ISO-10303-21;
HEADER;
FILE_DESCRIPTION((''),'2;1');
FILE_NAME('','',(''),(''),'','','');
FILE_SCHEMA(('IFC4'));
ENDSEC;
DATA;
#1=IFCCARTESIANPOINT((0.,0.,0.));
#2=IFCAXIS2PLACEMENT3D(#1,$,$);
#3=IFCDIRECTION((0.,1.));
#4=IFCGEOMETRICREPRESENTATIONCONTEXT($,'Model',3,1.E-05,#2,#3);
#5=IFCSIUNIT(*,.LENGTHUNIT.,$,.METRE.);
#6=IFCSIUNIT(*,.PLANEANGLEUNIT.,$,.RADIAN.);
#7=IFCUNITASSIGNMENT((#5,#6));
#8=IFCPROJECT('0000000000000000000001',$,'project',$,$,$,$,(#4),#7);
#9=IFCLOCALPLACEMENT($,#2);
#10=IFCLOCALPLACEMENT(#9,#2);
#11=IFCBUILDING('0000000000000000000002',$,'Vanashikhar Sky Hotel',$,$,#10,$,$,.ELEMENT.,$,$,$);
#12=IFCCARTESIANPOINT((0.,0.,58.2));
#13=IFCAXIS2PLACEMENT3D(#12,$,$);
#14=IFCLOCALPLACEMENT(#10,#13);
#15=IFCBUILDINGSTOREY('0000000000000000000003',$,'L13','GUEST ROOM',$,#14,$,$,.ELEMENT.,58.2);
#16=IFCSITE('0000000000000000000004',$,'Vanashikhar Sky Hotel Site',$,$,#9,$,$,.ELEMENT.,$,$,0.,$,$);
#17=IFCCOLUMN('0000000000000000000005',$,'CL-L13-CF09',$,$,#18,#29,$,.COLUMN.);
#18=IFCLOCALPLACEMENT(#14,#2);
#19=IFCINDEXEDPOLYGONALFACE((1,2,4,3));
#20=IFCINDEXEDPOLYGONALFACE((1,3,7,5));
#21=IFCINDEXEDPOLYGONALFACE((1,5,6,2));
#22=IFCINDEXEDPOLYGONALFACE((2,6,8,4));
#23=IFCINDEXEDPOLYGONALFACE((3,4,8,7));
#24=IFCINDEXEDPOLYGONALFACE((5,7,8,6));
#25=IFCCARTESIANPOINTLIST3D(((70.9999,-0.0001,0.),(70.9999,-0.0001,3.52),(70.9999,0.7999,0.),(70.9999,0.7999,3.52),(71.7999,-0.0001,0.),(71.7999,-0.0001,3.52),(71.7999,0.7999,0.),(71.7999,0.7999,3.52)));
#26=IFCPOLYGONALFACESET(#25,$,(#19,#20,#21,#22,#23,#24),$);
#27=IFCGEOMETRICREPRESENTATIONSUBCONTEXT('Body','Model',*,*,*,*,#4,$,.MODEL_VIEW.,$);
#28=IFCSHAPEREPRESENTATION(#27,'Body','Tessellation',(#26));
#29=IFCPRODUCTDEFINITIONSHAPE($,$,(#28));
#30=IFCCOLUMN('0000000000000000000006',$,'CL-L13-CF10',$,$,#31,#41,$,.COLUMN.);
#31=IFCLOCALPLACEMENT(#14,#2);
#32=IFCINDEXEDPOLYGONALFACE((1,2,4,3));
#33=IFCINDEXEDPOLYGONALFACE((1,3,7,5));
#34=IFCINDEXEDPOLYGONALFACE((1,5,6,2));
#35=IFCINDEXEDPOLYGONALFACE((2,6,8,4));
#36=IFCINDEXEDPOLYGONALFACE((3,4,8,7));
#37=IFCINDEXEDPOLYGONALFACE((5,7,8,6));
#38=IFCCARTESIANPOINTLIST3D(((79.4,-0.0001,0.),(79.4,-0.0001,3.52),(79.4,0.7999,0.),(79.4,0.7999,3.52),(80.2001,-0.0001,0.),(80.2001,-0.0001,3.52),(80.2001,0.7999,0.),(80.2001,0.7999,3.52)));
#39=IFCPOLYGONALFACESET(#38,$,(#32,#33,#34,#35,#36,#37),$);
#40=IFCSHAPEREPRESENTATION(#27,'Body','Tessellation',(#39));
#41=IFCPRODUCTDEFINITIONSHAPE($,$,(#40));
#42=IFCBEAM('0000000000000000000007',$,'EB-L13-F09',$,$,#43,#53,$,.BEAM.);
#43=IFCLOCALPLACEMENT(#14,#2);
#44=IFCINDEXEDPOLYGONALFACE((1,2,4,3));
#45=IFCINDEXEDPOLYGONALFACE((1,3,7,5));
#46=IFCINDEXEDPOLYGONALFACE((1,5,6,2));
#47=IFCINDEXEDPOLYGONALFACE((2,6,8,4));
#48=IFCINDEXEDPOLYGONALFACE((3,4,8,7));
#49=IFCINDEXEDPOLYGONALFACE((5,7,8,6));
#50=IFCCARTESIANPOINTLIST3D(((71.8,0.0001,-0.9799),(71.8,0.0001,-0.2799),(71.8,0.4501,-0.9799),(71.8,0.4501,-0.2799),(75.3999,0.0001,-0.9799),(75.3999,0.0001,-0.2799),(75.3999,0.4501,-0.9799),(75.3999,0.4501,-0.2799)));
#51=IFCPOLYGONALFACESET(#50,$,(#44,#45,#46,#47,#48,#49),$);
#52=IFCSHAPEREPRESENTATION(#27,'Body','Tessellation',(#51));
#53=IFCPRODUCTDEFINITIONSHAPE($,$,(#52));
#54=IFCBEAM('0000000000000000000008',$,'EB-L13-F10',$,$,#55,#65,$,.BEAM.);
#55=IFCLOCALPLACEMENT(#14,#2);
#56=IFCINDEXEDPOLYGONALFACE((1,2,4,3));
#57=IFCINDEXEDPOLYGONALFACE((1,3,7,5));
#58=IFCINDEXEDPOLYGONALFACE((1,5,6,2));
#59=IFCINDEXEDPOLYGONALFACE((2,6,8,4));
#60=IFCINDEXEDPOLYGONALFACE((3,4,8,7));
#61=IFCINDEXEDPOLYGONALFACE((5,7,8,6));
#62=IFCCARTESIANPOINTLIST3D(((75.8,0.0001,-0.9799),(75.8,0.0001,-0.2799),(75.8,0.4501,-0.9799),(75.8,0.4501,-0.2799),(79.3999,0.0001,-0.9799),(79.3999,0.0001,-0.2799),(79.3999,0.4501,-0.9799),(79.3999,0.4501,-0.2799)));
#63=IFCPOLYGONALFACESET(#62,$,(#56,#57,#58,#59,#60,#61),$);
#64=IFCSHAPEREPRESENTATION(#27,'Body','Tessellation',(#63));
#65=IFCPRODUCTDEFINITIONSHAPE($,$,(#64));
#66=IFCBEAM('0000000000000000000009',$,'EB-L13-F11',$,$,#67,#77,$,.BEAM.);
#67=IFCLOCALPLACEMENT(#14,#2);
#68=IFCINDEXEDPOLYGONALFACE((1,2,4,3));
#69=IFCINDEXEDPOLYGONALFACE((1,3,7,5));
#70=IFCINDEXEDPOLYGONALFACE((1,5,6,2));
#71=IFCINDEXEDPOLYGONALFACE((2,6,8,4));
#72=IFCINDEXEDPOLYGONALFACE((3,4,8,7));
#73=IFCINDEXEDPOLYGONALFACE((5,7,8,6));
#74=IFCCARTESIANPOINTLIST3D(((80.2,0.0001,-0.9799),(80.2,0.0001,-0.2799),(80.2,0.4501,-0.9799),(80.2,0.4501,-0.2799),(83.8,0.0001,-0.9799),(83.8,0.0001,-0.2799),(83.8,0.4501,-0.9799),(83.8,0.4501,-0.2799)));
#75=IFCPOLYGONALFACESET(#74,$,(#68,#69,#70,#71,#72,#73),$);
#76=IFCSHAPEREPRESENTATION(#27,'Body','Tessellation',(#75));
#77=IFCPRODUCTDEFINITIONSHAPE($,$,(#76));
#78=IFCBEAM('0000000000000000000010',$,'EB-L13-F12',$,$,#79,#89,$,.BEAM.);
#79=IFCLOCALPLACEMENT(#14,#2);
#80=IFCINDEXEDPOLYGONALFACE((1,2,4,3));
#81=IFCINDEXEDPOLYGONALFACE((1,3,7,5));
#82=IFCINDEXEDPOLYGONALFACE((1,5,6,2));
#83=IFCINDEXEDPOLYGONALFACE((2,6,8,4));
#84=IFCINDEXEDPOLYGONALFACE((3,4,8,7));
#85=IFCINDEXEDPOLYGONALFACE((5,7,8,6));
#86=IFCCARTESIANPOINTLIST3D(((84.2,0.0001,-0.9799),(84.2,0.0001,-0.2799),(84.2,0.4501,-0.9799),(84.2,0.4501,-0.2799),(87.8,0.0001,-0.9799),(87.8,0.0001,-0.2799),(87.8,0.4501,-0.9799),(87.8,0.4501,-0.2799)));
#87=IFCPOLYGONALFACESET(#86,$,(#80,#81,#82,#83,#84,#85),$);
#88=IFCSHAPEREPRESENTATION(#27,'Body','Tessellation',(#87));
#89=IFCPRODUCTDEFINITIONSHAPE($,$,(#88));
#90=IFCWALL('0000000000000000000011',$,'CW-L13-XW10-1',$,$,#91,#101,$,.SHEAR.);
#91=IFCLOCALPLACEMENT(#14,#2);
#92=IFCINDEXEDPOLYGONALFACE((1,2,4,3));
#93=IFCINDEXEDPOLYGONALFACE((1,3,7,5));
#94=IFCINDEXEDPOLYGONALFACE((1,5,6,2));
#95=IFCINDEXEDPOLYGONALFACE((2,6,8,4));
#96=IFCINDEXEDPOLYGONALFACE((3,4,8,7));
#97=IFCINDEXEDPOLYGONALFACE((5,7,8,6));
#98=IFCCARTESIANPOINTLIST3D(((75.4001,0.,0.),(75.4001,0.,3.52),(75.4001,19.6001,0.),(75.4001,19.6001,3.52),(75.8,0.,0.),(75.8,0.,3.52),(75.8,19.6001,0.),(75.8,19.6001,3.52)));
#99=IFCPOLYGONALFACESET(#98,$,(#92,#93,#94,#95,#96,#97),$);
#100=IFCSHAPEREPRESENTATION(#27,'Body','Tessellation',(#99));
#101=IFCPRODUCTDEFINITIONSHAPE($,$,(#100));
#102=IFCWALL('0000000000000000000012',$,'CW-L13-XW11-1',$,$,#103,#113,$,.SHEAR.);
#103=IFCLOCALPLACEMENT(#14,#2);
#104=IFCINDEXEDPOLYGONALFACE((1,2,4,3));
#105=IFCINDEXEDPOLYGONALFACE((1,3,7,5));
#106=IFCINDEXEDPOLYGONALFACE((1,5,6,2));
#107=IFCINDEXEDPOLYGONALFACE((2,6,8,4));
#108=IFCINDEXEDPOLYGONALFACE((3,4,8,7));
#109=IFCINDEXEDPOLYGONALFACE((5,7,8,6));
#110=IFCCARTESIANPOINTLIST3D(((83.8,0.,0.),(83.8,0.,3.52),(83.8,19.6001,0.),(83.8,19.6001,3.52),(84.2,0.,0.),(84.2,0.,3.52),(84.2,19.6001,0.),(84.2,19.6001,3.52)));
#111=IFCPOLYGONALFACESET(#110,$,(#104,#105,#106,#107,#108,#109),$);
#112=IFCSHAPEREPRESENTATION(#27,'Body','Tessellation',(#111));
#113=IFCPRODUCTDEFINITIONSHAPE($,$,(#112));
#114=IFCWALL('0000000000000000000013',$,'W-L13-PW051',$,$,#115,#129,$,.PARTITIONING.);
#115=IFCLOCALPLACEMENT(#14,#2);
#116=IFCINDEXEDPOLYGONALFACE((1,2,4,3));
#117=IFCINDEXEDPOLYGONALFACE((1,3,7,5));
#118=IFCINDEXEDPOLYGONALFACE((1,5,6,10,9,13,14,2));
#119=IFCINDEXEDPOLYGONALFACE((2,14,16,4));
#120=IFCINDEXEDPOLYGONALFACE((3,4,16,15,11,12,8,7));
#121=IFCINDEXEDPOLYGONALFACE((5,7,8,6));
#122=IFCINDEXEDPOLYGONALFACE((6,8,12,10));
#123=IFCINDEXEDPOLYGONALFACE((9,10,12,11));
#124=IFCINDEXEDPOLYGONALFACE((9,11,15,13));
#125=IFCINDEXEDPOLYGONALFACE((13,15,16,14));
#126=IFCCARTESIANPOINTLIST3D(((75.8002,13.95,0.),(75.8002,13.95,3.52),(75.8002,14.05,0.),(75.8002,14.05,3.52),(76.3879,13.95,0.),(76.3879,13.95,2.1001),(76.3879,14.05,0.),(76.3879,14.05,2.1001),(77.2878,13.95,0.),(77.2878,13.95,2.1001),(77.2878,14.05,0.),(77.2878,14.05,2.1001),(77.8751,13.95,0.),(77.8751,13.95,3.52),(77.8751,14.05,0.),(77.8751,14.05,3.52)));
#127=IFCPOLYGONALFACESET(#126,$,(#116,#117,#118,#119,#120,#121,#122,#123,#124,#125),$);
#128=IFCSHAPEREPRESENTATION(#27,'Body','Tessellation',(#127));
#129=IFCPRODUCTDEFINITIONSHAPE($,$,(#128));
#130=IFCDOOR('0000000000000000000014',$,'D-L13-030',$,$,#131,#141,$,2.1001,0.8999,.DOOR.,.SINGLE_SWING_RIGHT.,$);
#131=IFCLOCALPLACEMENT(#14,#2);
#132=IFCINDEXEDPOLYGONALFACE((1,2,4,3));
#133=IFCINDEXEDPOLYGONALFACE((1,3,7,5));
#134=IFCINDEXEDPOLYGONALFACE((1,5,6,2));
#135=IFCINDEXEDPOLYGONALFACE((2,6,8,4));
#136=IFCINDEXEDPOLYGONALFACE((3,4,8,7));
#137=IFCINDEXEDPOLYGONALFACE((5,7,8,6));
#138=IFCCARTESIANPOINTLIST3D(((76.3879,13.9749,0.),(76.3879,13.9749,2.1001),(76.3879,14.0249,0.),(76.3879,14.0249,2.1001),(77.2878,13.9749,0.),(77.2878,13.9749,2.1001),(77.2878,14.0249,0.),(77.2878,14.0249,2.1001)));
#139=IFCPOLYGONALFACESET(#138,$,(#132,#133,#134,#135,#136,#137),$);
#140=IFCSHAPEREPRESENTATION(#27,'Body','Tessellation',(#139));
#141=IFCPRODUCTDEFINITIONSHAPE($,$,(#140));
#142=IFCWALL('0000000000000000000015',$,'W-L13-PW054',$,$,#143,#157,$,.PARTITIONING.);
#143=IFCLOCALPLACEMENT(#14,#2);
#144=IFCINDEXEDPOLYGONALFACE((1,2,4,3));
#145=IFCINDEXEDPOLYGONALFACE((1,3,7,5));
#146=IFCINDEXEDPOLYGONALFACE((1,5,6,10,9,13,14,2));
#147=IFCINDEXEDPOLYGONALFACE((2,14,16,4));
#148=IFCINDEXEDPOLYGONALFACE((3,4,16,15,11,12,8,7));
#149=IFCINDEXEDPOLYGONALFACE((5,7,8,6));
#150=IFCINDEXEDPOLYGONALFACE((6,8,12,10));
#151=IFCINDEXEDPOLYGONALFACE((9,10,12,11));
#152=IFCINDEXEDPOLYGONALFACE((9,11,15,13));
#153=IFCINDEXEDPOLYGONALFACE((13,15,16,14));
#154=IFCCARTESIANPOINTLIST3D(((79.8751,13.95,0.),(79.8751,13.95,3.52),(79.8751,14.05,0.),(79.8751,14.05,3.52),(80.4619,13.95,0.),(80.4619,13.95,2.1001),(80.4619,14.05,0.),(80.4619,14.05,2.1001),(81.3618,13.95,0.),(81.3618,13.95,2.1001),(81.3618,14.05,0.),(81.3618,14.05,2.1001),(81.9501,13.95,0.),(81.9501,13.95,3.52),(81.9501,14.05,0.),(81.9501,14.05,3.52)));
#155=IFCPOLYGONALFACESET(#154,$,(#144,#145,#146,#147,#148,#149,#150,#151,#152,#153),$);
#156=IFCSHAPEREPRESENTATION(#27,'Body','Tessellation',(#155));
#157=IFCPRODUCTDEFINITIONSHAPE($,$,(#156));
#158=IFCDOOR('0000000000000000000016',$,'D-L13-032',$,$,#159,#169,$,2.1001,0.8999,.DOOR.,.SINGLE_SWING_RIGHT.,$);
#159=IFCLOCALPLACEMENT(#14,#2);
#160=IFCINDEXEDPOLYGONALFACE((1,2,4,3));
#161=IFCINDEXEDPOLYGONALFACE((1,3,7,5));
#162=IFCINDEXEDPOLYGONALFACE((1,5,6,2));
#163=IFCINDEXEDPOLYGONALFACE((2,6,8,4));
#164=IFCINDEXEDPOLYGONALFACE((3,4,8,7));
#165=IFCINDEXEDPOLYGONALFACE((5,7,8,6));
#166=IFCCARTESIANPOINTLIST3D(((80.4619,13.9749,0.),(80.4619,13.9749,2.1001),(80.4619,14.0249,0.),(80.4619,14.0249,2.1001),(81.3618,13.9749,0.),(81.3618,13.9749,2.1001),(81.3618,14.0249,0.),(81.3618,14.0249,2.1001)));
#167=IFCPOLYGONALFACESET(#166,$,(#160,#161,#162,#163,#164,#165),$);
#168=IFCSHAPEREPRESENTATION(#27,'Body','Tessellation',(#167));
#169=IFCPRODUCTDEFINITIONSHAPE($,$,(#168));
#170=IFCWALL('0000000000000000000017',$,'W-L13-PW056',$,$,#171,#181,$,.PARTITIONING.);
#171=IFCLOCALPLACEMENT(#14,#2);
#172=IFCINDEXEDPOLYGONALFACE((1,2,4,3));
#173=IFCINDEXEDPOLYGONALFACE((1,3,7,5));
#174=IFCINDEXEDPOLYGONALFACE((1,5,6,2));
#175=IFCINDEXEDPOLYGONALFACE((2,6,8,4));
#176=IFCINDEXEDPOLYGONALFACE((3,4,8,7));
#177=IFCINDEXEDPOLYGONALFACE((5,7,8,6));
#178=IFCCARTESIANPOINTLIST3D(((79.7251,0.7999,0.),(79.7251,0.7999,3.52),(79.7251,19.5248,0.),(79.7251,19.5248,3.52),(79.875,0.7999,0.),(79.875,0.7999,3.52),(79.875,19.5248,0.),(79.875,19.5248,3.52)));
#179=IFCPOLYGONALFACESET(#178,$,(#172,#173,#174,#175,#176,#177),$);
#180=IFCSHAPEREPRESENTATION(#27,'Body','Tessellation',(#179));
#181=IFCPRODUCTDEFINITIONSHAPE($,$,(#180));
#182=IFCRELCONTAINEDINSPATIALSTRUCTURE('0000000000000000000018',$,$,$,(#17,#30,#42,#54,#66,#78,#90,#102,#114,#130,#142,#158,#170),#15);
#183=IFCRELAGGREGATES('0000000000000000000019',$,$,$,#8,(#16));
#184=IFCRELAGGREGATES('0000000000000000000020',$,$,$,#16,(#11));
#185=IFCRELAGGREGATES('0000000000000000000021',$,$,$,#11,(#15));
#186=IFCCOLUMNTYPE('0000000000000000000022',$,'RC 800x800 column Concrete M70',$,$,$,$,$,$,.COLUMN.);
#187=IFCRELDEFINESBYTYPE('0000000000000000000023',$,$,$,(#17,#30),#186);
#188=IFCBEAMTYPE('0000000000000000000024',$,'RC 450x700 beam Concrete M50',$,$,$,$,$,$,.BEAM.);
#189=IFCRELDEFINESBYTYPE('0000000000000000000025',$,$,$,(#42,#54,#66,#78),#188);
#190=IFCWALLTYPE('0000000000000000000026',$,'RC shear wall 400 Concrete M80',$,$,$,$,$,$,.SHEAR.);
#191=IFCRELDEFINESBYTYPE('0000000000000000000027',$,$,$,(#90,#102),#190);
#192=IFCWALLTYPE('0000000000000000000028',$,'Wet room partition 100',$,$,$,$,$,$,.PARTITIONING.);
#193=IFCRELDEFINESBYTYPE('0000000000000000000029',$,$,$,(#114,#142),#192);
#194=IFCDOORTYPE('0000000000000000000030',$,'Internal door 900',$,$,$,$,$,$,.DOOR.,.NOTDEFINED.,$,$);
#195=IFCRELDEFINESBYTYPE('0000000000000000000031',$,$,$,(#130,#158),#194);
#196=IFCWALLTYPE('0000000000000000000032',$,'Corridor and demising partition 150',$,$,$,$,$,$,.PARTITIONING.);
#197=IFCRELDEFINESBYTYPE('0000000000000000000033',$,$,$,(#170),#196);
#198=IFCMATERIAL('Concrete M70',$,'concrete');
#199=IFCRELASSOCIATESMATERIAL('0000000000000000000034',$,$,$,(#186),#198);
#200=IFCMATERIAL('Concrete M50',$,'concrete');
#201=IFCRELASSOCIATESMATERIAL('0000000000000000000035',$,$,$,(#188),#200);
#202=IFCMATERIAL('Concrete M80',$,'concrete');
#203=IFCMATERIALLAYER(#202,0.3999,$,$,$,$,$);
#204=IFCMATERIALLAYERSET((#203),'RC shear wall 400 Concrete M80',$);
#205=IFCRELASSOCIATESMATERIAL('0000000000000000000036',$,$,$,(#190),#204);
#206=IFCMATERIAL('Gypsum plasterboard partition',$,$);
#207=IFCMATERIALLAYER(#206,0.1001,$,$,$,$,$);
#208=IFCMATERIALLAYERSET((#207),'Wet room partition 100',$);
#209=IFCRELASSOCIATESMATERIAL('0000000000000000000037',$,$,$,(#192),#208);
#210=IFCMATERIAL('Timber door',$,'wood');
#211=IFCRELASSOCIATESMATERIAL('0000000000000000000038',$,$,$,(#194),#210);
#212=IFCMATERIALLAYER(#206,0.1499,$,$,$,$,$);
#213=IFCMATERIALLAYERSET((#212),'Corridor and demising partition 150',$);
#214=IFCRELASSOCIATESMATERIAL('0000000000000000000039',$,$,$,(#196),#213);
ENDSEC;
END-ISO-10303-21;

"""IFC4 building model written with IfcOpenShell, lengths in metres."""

from ifc_helpers import new_model, si_unit, direction, frame, frame_2d, origin, origin_2d, place, context, subcontext, project, spatial, rectangle, extrude, source, transform, mapped, material, layer, layer_set, material_profile, profile_set, type_object, element, fill, save


model = new_model("IFC4")

# Units and contexts
model_context = context("Model", 3, precision=1e-05, world=origin(), true_north=direction((0.0, 1.0)))
body_context = subcontext(model_context, "Body", "Model", "MODEL_VIEW")
ifc_project = project(units=[si_unit("LENGTHUNIT", "METRE"), si_unit("PLANEANGLEUNIT", "RADIAN")], contexts=[model_context])

# Site, building, storey
site_placement = place(None, origin())
site = spatial("IfcSite", under=ifc_project, at=site_placement, Name="Vanashikhar Sky Hotel Site", CompositionType="ELEMENT", RefElevation=0.0)
building_placement = place(site_placement, origin())
building = spatial("IfcBuilding", under=site, at=building_placement, Name="Vanashikhar Sky Hotel", CompositionType="ELEMENT")
storey_placement = place(building_placement, frame((0.0, 0.0, 58.2)))
storey = spatial("IfcBuildingStorey", under=building, at=storey_placement, Name="L13", Description="GUEST ROOM", CompositionType="ELEMENT", Elevation=58.2)

# Columns
ifc_material_1 = material(Name="Concrete M70", Category="concrete")
ifc_material_profile_1 = material_profile(ifc_material_1, rectangle(XDim=0.8, YDim=0.8, at=origin_2d()))
ifc_profile_set_1 = profile_set([ifc_material_profile_1], Name="RC 800x800 column Concrete M70")
column_type = type_object("IfcColumnType", Name="RC 800x800 column Concrete M70", PredefinedType="COLUMN", material=ifc_profile_set_1)
shared_shape_1 = source(origin(), body_context, "Body", "SweptSolid", [
    extrude(rectangle(XDim=0.8, YDim=0.8, at=origin_2d()), origin(), (0.0, 0.0, 1.0), 3.52),
])
for number, where, z_axis, x_axis, name in (
    (1, (71.3999, 0.3999, 0.0), (0.0, 0.0, 1.0), (1.0, 0.0, 0.0), "CL-L13-CF09"),
    (2, (79.8, 0.3999, 0.0), (0.0, 0.0, 1.0), (1.0, 0.0, 0.0), "CL-L13-CF10"),
):
    element("IfcColumn", number, at=place(storey_placement, frame(where, z_axis=z_axis, x_axis=x_axis)), inside=storey, type_object=column_type, Name=name, PredefinedType="COLUMN", context=body_context, shape_type="MappedRepresentation", body=[
        mapped(shared_shape_1, transform((0.0, 0.0, 0.0), scale=1.0)),
    ])

# Beams
ifc_material_2 = material(Name="Concrete M50", Category="concrete")
ifc_material_profile_2 = material_profile(ifc_material_2, rectangle(XDim=0.45, YDim=0.7, at=origin_2d()))
ifc_profile_set_2 = profile_set([ifc_material_profile_2], Name="RC 450x700 beam Concrete M50")
beam_type = type_object("IfcBeamType", Name="RC 450x700 beam Concrete M50", PredefinedType="BEAM", material=ifc_profile_set_2)
shared_shape_2 = source(origin(), body_context, "Body", "SweptSolid", [
    extrude(rectangle(XDim=0.45, YDim=0.7, at=origin_2d()), origin(), (0.0, 0.0, 1.0), 3.5999),
])
for number, where, z_axis, x_axis, name in (
    (3, (71.8, 0.2251, -0.6299), (1.0, 0.0, 0.0), (0.0, 1.0, 0.0), "EB-L13-F09"),
    (4, (75.8, 0.2251, -0.6299), (1.0, 0.0, 0.0), (0.0, 1.0, 0.0), "EB-L13-F10"),
):
    element("IfcBeam", number, at=place(storey_placement, frame(where, z_axis=z_axis, x_axis=x_axis)), inside=storey, type_object=beam_type, Name=name, PredefinedType="BEAM", context=body_context, shape_type="MappedRepresentation", body=[
        mapped(shared_shape_2, transform((0.0, 0.0, 0.0), scale=1.0)),
    ])
shared_shape_3 = source(origin(), body_context, "Body", "SweptSolid", [
    extrude(rectangle(XDim=0.45, YDim=0.7, at=origin_2d()), origin(), (0.0, 0.0, 1.0), 3.6001),
])
for number, where, z_axis, x_axis, name in (
    (5, (80.2, 0.2251, -0.6299), (1.0, 0.0, 0.0), (0.0, 1.0, 0.0), "EB-L13-F11"),
    (6, (84.2, 0.2251, -0.6299), (1.0, 0.0, 0.0), (0.0, 1.0, 0.0), "EB-L13-F12"),
):
    element("IfcBeam", number, at=place(storey_placement, frame(where, z_axis=z_axis, x_axis=x_axis)), inside=storey, type_object=beam_type, Name=name, PredefinedType="BEAM", context=body_context, shape_type="MappedRepresentation", body=[
        mapped(shared_shape_3, transform((0.0, 0.0, 0.0), scale=1.0)),
    ])

# Walls
ifc_material_3 = material(Name="Concrete M80", Category="concrete")
ifc_layer_1 = layer(ifc_material_3, 0.3999)
ifc_layer_set_1 = layer_set([ifc_layer_1], Name="RC shear wall 400 Concrete M80")
wall_type_1 = type_object("IfcWallType", Name="RC shear wall 400 Concrete M80", PredefinedType="SHEAR", material=ifc_layer_set_1)
shared_shape_4 = source(origin(), body_context, "Body", "SweptSolid", [
    extrude(rectangle(XDim=19.6001, YDim=0.3999, at=frame_2d((9.8, 0.0))), origin(), (0.0, 0.0, 1.0), 3.52),
])
for number, where, z_axis, x_axis, name in (
    (7, (75.6001, 0.0, 0.0), (0.0, 0.0, 1.0), (0.0, 1.0, 0.0), "CW-L13-XW10-1"),
    (8, (84.0, 0.0, 0.0), (0.0, 0.0, 1.0), (0.0, 1.0, 0.0), "CW-L13-XW11-1"),
):
    element("IfcWall", number, at=place(storey_placement, frame(where, z_axis=z_axis, x_axis=x_axis)), inside=storey, type_object=wall_type_1, Name=name, PredefinedType="SHEAR", context=body_context, shape_type="MappedRepresentation", body=[
        mapped(shared_shape_4, transform((0.0, 0.0, 0.0), scale=1.0)),
    ])

# Walls, openings, doors
ifc_material_4 = material(Name="Gypsum plasterboard partition")
ifc_layer_2 = layer(ifc_material_4, 0.1001)
ifc_layer_set_2 = layer_set([ifc_layer_2], Name="Wet room partition 100")
wall_type_2 = type_object("IfcWallType", Name="Wet room partition 100", PredefinedType="PARTITIONING", material=ifc_layer_set_2)
shared_shape_5 = source(origin(), body_context, "Body", "SweptSolid", [
    extrude(rectangle(XDim=2.075, YDim=0.1001, at=frame_2d((1.0376, 0.0))), origin(), (0.0, 0.0, 1.0), 3.52),
])
wall_1_placement = place(storey_placement, frame((75.8, 14.0, 0.0), z_axis=(0.0, 0.0, 1.0), x_axis=(1.0, 0.0, 0.0)))
wall_1 = element("IfcWall", 9, at=wall_1_placement, inside=storey, type_object=wall_type_2, Name="W-L13-PW051", PredefinedType="PARTITIONING", context=body_context, shape_type="MappedRepresentation", body=[
    mapped(shared_shape_5, transform((0.0, 0.0, 0.0), scale=1.0)),
])
shared_shape_6 = source(origin(), body_context, "Body", "SweptSolid", [
    extrude(rectangle(XDim=0.8999, YDim=2.1001, at=frame_2d((0.45, 1.05))), frame((0.0, 0.0601, 0.0), z_axis=(0.0, -1.0, 0.0), x_axis=(1.0, 0.0, 0.0)), (0.0, 0.0, 1.0), 0.1201),
])
opening_1_placement = place(wall_1_placement, frame((0.5879, 0.0, 0.0)))
opening_1 = element("IfcOpeningElement", 10, at=opening_1_placement, cuts=wall_1, PredefinedType="OPENING", context=body_context, shape_type="MappedRepresentation", body=[
    mapped(shared_shape_6, transform((0.0, 0.0, 0.0), scale=1.0)),
])
ifc_material_5 = material(Name="Timber door", Category="wood")
door_type_1 = type_object("IfcDoorType", Name="Internal door 900", OperationType="NOTDEFINED", PredefinedType="DOOR", material=ifc_material_5)
shared_shape_7 = source(origin(), body_context, "Body", "SweptSolid", [
    extrude(rectangle(XDim=0.8999, YDim=2.1001, at=frame_2d((0.45, 1.05))), frame((0.0, 0.0249, 0.0), z_axis=(0.0, -1.0, 0.0), x_axis=(1.0, 0.0, 0.0)), (0.0, 0.0, 1.0), 0.05),
])
door_1_placement = place(opening_1_placement, origin())
door_1 = element("IfcDoor", 11, at=door_1_placement, inside=storey, type_object=door_type_1, Name="D-L13-030", OperationType="SINGLE_SWING_RIGHT", OverallHeight=2.1001, OverallWidth=0.8999, PredefinedType="DOOR", context=body_context, shape_type="MappedRepresentation", body=[
    mapped(shared_shape_7, transform((0.0, 0.0, 0.0), scale=1.0)),
])
fill(opening_1, door_1)
wall_2_placement = place(storey_placement, frame((79.875, 14.0, 0.0), z_axis=(0.0, 0.0, 1.0), x_axis=(1.0, 0.0, 0.0)))
wall_2 = element("IfcWall", 12, at=wall_2_placement, inside=storey, type_object=wall_type_2, Name="W-L13-PW054", PredefinedType="PARTITIONING", context=body_context, shape_type="MappedRepresentation", body=[
    mapped(shared_shape_5, transform((0.0, 0.0, 0.0), scale=1.0)),
])
opening_2_placement = place(wall_2_placement, frame((0.5869, 0.0, 0.0)))
opening_2 = element("IfcOpeningElement", 13, at=opening_2_placement, cuts=wall_2, PredefinedType="OPENING", context=body_context, shape_type="MappedRepresentation", body=[
    mapped(shared_shape_6, transform((0.0, 0.0, 0.0), scale=1.0)),
])
door_2_placement = place(opening_2_placement, origin())
door_2 = element("IfcDoor", 14, at=door_2_placement, inside=storey, type_object=door_type_1, Name="D-L13-032", OperationType="SINGLE_SWING_RIGHT", OverallHeight=2.1001, OverallWidth=0.8999, PredefinedType="DOOR", context=body_context, shape_type="MappedRepresentation", body=[
    mapped(shared_shape_7, transform((0.0, 0.0, 0.0), scale=1.0)),
])
fill(opening_2, door_2)

# Wall
ifc_layer_3 = layer(ifc_material_4, 0.1499)
ifc_layer_set_3 = layer_set([ifc_layer_3], Name="Corridor and demising partition 150")
wall_type_3 = type_object("IfcWallType", Name="Corridor and demising partition 150", PredefinedType="PARTITIONING", material=ifc_layer_set_3)
shared_shape_8 = source(origin(), body_context, "Body", "SweptSolid", [
    extrude(rectangle(XDim=18.7249, YDim=0.1499, at=frame_2d((9.3623, 0.0))), origin(), (0.0, 0.0, 1.0), 3.52),
])
wall_3_placement = place(storey_placement, frame((79.8, 0.8, 0.0), z_axis=(0.0, 0.0, 1.0), x_axis=(0.0, 1.0, 0.0)))
element("IfcWall", 15, at=wall_3_placement, inside=storey, type_object=wall_type_3, Name="W-L13-PW056", PredefinedType="PARTITIONING", context=body_context, shape_type="MappedRepresentation", body=[
    mapped(shared_shape_8, transform((0.0, 0.0, 0.0), scale=1.0)),
])

save(model, "model.ifc")
